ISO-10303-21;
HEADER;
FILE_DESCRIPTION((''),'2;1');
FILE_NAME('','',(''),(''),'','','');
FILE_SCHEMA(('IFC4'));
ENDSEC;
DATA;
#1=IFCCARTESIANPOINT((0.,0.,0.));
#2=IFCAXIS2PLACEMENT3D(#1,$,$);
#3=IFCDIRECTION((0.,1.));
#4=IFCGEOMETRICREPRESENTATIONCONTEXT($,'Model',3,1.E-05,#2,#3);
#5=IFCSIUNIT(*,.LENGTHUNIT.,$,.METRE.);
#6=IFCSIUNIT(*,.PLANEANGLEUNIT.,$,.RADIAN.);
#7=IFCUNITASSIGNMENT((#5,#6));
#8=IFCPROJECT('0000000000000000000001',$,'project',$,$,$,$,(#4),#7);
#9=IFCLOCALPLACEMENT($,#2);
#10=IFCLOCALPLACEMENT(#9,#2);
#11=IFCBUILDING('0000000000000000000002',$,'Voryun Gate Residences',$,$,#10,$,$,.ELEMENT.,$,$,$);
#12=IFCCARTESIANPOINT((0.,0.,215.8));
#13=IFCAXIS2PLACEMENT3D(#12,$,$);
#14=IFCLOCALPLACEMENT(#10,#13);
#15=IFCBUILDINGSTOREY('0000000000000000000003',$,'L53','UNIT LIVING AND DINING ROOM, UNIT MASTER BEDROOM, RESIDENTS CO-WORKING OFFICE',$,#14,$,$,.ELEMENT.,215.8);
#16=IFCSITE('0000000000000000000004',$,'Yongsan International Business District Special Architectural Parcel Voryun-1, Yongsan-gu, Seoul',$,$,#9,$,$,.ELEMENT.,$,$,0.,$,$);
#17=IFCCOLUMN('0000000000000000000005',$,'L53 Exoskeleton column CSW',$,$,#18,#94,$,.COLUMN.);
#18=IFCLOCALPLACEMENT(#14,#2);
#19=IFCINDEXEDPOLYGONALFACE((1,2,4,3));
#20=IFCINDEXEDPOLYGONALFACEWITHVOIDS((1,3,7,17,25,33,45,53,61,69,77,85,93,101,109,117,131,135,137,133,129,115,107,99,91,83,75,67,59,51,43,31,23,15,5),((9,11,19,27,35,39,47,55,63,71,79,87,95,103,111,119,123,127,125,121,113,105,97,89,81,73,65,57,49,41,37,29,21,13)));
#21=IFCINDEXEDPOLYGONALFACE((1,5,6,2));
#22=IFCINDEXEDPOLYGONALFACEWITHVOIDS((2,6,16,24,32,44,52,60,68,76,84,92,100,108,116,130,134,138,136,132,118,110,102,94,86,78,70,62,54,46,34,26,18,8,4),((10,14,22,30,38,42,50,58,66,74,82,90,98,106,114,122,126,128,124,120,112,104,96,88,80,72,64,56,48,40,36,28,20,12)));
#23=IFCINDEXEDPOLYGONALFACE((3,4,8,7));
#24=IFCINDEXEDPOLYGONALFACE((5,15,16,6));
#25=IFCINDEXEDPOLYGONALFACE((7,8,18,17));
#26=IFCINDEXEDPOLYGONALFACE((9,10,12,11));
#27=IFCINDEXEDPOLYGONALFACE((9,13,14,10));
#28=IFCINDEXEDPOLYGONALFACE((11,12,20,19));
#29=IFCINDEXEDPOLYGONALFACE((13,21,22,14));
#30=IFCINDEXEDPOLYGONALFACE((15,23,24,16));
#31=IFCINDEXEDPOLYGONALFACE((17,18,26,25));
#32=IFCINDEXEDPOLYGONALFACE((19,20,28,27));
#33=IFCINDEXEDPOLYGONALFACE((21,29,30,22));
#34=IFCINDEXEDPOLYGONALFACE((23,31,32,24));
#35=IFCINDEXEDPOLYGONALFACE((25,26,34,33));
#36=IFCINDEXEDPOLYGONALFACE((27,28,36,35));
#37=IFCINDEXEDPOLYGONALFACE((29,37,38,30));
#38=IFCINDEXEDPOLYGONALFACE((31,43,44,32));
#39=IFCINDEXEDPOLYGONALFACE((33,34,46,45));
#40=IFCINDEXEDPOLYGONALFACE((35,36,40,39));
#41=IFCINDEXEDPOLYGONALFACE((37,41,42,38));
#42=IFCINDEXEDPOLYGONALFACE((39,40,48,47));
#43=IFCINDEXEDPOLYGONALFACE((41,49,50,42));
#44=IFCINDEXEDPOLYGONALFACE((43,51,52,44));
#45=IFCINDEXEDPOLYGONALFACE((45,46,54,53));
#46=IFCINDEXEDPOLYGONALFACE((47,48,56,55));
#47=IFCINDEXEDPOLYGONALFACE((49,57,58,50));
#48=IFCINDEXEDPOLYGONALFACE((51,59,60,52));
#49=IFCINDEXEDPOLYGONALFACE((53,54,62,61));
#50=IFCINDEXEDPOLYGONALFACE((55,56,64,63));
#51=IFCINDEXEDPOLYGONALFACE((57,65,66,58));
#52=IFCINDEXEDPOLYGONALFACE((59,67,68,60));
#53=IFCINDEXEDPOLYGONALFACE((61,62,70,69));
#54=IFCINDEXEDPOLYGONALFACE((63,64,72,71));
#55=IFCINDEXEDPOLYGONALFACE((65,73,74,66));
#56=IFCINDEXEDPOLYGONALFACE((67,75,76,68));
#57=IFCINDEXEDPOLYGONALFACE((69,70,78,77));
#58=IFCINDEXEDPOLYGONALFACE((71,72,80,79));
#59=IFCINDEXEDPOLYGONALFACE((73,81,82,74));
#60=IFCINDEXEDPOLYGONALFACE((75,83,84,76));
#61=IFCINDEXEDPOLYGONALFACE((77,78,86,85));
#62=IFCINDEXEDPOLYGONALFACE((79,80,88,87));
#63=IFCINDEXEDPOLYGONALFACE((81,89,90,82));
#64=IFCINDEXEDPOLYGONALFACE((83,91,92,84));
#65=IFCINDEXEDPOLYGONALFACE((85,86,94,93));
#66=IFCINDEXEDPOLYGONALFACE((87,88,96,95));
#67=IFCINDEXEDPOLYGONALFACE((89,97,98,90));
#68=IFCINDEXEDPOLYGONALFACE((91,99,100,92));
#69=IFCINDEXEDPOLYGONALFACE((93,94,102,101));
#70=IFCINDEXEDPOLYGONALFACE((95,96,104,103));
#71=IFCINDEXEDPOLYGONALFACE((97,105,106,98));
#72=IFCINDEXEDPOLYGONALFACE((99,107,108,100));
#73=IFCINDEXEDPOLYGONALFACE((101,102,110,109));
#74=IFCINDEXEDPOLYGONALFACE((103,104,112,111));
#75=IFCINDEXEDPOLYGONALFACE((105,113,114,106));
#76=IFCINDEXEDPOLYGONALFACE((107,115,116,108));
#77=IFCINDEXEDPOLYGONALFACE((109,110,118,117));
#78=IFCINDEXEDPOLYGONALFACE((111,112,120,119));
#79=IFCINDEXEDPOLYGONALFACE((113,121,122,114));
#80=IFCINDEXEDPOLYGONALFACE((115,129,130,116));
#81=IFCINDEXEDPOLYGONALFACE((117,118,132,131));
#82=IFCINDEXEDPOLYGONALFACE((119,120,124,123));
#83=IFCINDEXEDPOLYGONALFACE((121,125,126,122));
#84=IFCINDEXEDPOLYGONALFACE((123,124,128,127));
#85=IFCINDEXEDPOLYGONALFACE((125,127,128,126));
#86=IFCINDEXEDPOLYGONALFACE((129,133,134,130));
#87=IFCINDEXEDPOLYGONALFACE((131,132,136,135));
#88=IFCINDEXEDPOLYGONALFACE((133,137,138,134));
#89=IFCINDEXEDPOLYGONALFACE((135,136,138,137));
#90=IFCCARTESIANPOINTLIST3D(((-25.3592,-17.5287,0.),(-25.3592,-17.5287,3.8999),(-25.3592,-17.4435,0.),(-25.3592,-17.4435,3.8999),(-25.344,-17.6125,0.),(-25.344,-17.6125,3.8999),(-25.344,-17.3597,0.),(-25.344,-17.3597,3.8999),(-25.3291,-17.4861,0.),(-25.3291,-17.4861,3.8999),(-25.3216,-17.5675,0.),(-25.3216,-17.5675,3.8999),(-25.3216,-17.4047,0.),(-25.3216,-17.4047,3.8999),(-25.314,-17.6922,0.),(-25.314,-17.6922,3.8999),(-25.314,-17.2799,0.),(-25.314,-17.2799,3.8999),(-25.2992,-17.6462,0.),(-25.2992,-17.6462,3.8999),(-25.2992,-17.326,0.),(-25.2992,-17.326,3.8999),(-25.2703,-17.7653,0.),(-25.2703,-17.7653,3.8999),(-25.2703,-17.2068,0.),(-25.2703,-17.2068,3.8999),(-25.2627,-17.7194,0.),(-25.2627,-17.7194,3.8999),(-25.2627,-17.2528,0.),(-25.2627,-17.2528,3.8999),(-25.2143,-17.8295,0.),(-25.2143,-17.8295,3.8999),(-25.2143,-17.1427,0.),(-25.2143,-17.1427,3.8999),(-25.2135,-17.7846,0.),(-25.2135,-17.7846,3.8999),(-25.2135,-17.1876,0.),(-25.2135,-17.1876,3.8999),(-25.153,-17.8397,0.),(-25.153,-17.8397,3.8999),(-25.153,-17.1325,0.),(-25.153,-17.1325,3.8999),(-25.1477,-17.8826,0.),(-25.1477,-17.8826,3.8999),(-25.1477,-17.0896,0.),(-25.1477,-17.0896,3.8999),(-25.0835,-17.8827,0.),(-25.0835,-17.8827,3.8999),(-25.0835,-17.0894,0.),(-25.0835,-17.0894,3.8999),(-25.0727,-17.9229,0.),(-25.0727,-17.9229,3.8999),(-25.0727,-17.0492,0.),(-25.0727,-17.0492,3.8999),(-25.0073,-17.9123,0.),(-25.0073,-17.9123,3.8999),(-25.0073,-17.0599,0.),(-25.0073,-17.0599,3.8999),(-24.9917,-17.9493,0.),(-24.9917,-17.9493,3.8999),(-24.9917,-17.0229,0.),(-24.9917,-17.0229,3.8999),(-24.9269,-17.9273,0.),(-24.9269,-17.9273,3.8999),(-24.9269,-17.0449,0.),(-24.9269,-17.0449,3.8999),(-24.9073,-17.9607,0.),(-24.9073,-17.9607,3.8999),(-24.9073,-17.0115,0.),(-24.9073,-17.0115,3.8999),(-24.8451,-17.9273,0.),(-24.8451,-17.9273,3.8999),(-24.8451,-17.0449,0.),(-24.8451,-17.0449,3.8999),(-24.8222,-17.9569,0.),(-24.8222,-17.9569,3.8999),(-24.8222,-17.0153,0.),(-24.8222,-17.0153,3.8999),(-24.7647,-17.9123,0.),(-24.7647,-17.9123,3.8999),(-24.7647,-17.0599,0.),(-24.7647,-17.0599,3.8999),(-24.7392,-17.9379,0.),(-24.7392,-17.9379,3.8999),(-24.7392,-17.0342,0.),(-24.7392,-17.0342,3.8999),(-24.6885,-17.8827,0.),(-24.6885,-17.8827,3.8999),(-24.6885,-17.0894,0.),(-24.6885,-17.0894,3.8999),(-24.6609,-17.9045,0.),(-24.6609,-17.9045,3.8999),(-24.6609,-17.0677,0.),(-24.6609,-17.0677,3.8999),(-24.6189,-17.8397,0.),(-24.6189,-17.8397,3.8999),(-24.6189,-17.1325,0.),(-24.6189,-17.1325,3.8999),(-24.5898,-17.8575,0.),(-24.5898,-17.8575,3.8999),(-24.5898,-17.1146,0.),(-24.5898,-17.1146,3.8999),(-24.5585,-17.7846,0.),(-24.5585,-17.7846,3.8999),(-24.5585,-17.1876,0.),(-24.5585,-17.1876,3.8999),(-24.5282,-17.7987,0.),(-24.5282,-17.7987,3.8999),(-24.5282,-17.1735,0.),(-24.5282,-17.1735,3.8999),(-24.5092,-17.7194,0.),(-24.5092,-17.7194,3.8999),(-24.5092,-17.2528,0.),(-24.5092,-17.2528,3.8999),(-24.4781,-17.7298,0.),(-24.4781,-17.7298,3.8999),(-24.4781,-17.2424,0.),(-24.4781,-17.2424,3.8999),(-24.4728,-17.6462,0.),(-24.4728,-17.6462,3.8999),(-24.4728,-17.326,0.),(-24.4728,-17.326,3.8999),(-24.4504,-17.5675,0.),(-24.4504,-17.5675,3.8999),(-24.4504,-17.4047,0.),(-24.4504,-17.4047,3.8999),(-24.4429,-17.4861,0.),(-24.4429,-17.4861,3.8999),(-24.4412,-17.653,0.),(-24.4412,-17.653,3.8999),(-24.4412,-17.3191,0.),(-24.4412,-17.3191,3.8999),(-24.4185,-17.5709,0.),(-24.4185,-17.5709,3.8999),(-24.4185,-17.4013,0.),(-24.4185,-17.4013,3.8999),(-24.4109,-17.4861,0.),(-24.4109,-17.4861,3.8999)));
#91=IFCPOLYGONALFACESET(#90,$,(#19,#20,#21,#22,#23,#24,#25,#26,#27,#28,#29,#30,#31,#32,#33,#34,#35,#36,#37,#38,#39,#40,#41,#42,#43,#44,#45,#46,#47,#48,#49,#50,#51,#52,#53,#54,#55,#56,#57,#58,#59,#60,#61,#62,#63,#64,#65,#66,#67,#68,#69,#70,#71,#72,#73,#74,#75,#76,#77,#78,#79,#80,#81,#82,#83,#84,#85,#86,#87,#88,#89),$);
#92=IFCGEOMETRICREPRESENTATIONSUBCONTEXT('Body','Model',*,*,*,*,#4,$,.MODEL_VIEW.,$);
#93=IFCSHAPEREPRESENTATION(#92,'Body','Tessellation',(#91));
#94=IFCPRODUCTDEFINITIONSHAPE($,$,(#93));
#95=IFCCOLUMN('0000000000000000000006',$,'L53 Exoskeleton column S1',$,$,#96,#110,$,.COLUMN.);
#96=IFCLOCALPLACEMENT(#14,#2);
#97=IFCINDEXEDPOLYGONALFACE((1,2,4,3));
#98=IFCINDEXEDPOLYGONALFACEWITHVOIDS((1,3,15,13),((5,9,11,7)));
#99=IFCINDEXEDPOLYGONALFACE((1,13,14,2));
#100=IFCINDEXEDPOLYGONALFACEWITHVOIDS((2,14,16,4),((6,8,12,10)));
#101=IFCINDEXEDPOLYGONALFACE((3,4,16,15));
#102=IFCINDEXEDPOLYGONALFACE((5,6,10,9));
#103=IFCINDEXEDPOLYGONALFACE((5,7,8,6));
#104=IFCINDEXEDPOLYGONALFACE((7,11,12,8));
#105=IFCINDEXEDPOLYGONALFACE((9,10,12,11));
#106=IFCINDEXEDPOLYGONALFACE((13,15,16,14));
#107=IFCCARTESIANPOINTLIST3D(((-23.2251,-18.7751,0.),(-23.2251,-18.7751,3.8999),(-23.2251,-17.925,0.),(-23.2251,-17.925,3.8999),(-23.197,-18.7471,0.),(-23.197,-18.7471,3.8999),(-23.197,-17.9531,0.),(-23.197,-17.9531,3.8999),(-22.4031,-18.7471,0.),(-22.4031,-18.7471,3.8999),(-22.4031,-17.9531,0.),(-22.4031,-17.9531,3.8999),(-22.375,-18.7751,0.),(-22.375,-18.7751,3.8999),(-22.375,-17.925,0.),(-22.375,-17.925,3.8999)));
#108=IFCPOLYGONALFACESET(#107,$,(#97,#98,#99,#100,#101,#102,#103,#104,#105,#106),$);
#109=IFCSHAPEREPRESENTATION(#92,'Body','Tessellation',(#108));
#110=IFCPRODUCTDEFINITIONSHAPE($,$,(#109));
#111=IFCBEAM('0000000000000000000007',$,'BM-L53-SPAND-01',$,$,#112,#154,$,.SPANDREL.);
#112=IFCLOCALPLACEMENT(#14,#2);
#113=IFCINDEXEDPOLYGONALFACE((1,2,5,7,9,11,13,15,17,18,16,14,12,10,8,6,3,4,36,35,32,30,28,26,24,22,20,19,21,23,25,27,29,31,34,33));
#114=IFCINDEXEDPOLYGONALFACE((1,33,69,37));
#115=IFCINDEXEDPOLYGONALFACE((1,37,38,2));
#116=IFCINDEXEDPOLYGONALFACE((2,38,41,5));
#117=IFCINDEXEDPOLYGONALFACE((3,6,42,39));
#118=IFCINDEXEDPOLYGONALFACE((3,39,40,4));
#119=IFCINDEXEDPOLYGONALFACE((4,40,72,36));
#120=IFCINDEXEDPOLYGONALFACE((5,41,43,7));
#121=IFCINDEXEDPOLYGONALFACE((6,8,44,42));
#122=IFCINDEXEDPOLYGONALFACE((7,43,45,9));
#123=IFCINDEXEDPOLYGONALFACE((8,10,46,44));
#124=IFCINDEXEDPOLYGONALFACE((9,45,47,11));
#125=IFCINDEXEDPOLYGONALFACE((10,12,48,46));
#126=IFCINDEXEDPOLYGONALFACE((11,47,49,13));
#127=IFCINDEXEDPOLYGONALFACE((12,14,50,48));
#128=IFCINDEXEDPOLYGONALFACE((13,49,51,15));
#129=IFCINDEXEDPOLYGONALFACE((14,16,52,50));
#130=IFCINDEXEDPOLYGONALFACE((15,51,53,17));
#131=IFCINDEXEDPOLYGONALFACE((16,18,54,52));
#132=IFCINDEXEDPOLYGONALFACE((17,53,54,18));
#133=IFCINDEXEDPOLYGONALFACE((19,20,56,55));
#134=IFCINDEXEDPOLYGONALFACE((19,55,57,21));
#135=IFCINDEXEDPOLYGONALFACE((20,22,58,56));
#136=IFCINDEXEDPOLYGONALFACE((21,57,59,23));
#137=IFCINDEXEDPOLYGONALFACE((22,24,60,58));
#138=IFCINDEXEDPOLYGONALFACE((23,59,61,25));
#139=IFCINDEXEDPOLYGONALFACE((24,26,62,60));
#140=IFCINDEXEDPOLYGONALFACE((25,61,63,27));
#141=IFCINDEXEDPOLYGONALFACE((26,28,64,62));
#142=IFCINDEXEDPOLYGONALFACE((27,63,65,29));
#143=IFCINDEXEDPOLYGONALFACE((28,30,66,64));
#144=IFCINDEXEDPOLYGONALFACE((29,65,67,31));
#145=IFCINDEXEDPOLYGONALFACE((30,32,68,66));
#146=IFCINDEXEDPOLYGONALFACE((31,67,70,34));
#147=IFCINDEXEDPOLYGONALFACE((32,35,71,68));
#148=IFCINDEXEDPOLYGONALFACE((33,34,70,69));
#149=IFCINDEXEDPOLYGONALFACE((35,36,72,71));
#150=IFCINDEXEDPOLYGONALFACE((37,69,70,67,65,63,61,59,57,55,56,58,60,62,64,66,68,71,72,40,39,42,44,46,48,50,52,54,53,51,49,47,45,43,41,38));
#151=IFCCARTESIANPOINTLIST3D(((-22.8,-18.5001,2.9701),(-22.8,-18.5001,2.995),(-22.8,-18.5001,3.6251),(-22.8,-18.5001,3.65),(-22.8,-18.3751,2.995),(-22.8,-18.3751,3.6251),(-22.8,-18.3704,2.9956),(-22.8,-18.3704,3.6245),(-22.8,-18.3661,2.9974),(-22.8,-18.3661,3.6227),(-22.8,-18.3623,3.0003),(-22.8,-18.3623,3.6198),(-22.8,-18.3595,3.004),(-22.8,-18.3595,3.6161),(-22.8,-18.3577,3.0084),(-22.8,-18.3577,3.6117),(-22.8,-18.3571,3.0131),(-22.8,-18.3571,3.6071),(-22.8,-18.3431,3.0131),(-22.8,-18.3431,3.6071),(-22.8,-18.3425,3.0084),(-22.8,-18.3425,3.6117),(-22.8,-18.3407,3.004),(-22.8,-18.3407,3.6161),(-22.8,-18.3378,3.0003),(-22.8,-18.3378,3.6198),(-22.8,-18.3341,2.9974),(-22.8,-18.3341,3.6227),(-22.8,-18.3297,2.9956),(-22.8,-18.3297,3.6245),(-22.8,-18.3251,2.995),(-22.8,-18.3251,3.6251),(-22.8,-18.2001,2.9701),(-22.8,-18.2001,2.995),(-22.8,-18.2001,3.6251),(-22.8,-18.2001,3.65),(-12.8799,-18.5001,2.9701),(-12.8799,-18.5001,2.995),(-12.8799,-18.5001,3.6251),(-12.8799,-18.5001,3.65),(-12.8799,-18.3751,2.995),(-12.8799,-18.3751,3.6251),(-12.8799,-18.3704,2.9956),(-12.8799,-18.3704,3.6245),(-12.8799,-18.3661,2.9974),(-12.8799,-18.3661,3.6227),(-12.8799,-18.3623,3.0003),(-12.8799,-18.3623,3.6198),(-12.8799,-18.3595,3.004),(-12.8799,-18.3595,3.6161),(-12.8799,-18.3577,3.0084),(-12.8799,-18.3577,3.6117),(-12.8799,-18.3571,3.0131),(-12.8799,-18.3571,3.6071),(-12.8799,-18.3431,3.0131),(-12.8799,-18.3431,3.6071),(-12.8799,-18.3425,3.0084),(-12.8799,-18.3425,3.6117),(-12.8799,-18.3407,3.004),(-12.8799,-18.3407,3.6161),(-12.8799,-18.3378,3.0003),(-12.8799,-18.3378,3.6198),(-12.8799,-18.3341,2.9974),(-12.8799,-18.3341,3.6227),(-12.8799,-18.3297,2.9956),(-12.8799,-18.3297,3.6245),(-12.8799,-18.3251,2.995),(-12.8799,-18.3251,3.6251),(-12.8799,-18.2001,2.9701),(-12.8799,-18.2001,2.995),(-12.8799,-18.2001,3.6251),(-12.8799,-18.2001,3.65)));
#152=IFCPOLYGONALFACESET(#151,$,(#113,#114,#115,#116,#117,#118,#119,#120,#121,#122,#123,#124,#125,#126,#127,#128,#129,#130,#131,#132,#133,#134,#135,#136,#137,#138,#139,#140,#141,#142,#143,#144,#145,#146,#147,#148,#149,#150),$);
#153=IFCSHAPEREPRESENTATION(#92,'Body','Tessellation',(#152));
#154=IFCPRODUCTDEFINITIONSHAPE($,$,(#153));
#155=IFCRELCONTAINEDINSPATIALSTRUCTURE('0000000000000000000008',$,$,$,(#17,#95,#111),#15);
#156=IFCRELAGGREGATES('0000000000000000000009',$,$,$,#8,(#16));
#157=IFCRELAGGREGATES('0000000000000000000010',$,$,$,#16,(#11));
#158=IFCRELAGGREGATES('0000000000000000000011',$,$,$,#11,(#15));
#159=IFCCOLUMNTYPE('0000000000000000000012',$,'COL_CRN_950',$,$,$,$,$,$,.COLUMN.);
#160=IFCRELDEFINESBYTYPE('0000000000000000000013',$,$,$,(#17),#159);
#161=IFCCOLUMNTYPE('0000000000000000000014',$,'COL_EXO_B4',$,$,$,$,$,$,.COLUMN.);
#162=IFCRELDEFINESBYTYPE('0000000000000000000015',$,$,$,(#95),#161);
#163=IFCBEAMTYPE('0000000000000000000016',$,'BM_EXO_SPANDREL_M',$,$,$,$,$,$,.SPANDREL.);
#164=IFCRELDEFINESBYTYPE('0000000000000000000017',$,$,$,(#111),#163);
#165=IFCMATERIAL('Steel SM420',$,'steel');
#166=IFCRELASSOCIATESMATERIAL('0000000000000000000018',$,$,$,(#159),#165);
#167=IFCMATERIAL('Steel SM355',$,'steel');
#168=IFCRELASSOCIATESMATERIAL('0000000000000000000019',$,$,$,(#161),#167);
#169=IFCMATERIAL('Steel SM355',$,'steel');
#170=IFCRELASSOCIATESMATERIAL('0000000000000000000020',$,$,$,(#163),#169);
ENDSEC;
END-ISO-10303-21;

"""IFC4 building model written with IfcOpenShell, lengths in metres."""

from ifc_helpers import new_model, si_unit, direction, frame, origin, origin_2d, place, context, subcontext, project, spatial, hollow_rectangle, hollow_circle, i_section, extrude, material, material_profile, profile_set, type_object, element, save


model = new_model("IFC4")

# Units and contexts
model_context = context("Model", 3, precision=1e-05, world=origin(), true_north=direction((0.0, 1.0)))
body_context = subcontext(model_context, "Body", "Model", "MODEL_VIEW")
ifc_project = project(units=[si_unit("LENGTHUNIT", "METRE"), si_unit("PLANEANGLEUNIT", "RADIAN")], contexts=[model_context])

# Site, building, storey
site_placement = place(None, origin())
site = spatial("IfcSite", under=ifc_project, at=site_placement, Name="Yongsan International Business District Special Architectural Parcel Voryun-1, Yongsan-gu, Seoul", CompositionType="ELEMENT", RefElevation=0.0)
building_placement = place(site_placement, origin())
building = spatial("IfcBuilding", under=site, at=building_placement, Name="Voryun Gate Residences", CompositionType="ELEMENT")
storey_placement = place(building_placement, frame((0.0, 0.0, 215.8)))
storey = spatial("IfcBuildingStorey", under=building, at=storey_placement, Name="L53", Description="UNIT LIVING AND DINING ROOM, UNIT MASTER BEDROOM, RESIDENTS CO-WORKING OFFICE", CompositionType="ELEMENT", Elevation=215.8)

# Columns
ifc_material_1 = material(Name="Steel SM420", Category="steel")
ifc_material_profile_1 = material_profile(ifc_material_1, hollow_circle(Radius=0.4751, WallThickness=0.032, at=origin_2d()), Name="CHS-950x32")
ifc_profile_set_1 = profile_set([ifc_material_profile_1], Name="Steel SM420")
column_type_1 = type_object("IfcColumnType", Name="COL_CRN_950", PredefinedType="COLUMN", material=ifc_profile_set_1)
column_1_placement = place(storey_placement, frame((-24.886, -17.4861, 0.0), z_axis=(0.0, 0.0, 1.0), x_axis=(1.0, 0.0, 0.0)))
element("IfcColumn", 1, at=column_1_placement, inside=storey, type_object=column_type_1, Name="L53 Exoskeleton column CSW", PredefinedType="COLUMN", context=body_context, shape_type="SweptSolid", body=[
    extrude(hollow_circle(Radius=0.4751, WallThickness=0.032, at=origin_2d()), origin(), (0.0, 0.0, 1.0), 3.8999),
])
ifc_material_2 = material(Name="Steel SM355", Category="steel")
ifc_material_profile_2 = material_profile(ifc_material_2, hollow_rectangle(XDim=0.8501, YDim=0.8501, WallThickness=0.0281, at=origin_2d()), Name="BOX-850x850x28")
ifc_profile_set_2 = profile_set([ifc_material_profile_2], Name="Steel SM355")
column_type_2 = type_object("IfcColumnType", Name="COL_EXO_B4", PredefinedType="COLUMN", material=ifc_profile_set_2)
column_2_placement = place(storey_placement, frame((-22.8, -18.3501, 0.0), z_axis=(0.0, 0.0, 1.0), x_axis=(1.0, 0.0, 0.0)))
element("IfcColumn", 2, at=column_2_placement, inside=storey, type_object=column_type_2, Name="L53 Exoskeleton column S1", PredefinedType="COLUMN", context=body_context, shape_type="SweptSolid", body=[
    extrude(hollow_rectangle(XDim=0.8501, YDim=0.8501, WallThickness=0.0281, at=origin_2d()), origin(), (0.0, 0.0, 1.0), 3.8999),
])

# Beam
ifc_material_3 = material(Name="Steel SM355", Category="steel")
ifc_material_profile_3 = material_profile(ifc_material_3, i_section(OverallWidth=0.3, OverallDepth=0.6799, WebThickness=0.0139, FlangeThickness=0.0249, FilletRadius=0.0181, at=origin_2d()), Name="H-680x300x14x25")
ifc_profile_set_3 = profile_set([ifc_material_profile_3], Name="Steel SM355")
beam_type = type_object("IfcBeamType", Name="BM_EXO_SPANDREL_M", PredefinedType="SPANDREL", material=ifc_profile_set_3)
beam_1_placement = place(storey_placement, frame((-22.8, -18.3501, 3.3101), z_axis=(1.0, 0.0, 0.0), x_axis=(0.0, 1.0, 0.0)))
element("IfcBeam", 3, at=beam_1_placement, inside=storey, type_object=beam_type, Name="BM-L53-SPAND-01", PredefinedType="SPANDREL", context=body_context, shape_type="SweptSolid", body=[
    extrude(i_section(OverallWidth=0.3, OverallDepth=0.6799, WebThickness=0.0139, FlangeThickness=0.0249, FilletRadius=0.0181, at=origin_2d()), origin(), (0.0, 0.0, 1.0), 9.9202),
])

save(model, "model.ifc")
